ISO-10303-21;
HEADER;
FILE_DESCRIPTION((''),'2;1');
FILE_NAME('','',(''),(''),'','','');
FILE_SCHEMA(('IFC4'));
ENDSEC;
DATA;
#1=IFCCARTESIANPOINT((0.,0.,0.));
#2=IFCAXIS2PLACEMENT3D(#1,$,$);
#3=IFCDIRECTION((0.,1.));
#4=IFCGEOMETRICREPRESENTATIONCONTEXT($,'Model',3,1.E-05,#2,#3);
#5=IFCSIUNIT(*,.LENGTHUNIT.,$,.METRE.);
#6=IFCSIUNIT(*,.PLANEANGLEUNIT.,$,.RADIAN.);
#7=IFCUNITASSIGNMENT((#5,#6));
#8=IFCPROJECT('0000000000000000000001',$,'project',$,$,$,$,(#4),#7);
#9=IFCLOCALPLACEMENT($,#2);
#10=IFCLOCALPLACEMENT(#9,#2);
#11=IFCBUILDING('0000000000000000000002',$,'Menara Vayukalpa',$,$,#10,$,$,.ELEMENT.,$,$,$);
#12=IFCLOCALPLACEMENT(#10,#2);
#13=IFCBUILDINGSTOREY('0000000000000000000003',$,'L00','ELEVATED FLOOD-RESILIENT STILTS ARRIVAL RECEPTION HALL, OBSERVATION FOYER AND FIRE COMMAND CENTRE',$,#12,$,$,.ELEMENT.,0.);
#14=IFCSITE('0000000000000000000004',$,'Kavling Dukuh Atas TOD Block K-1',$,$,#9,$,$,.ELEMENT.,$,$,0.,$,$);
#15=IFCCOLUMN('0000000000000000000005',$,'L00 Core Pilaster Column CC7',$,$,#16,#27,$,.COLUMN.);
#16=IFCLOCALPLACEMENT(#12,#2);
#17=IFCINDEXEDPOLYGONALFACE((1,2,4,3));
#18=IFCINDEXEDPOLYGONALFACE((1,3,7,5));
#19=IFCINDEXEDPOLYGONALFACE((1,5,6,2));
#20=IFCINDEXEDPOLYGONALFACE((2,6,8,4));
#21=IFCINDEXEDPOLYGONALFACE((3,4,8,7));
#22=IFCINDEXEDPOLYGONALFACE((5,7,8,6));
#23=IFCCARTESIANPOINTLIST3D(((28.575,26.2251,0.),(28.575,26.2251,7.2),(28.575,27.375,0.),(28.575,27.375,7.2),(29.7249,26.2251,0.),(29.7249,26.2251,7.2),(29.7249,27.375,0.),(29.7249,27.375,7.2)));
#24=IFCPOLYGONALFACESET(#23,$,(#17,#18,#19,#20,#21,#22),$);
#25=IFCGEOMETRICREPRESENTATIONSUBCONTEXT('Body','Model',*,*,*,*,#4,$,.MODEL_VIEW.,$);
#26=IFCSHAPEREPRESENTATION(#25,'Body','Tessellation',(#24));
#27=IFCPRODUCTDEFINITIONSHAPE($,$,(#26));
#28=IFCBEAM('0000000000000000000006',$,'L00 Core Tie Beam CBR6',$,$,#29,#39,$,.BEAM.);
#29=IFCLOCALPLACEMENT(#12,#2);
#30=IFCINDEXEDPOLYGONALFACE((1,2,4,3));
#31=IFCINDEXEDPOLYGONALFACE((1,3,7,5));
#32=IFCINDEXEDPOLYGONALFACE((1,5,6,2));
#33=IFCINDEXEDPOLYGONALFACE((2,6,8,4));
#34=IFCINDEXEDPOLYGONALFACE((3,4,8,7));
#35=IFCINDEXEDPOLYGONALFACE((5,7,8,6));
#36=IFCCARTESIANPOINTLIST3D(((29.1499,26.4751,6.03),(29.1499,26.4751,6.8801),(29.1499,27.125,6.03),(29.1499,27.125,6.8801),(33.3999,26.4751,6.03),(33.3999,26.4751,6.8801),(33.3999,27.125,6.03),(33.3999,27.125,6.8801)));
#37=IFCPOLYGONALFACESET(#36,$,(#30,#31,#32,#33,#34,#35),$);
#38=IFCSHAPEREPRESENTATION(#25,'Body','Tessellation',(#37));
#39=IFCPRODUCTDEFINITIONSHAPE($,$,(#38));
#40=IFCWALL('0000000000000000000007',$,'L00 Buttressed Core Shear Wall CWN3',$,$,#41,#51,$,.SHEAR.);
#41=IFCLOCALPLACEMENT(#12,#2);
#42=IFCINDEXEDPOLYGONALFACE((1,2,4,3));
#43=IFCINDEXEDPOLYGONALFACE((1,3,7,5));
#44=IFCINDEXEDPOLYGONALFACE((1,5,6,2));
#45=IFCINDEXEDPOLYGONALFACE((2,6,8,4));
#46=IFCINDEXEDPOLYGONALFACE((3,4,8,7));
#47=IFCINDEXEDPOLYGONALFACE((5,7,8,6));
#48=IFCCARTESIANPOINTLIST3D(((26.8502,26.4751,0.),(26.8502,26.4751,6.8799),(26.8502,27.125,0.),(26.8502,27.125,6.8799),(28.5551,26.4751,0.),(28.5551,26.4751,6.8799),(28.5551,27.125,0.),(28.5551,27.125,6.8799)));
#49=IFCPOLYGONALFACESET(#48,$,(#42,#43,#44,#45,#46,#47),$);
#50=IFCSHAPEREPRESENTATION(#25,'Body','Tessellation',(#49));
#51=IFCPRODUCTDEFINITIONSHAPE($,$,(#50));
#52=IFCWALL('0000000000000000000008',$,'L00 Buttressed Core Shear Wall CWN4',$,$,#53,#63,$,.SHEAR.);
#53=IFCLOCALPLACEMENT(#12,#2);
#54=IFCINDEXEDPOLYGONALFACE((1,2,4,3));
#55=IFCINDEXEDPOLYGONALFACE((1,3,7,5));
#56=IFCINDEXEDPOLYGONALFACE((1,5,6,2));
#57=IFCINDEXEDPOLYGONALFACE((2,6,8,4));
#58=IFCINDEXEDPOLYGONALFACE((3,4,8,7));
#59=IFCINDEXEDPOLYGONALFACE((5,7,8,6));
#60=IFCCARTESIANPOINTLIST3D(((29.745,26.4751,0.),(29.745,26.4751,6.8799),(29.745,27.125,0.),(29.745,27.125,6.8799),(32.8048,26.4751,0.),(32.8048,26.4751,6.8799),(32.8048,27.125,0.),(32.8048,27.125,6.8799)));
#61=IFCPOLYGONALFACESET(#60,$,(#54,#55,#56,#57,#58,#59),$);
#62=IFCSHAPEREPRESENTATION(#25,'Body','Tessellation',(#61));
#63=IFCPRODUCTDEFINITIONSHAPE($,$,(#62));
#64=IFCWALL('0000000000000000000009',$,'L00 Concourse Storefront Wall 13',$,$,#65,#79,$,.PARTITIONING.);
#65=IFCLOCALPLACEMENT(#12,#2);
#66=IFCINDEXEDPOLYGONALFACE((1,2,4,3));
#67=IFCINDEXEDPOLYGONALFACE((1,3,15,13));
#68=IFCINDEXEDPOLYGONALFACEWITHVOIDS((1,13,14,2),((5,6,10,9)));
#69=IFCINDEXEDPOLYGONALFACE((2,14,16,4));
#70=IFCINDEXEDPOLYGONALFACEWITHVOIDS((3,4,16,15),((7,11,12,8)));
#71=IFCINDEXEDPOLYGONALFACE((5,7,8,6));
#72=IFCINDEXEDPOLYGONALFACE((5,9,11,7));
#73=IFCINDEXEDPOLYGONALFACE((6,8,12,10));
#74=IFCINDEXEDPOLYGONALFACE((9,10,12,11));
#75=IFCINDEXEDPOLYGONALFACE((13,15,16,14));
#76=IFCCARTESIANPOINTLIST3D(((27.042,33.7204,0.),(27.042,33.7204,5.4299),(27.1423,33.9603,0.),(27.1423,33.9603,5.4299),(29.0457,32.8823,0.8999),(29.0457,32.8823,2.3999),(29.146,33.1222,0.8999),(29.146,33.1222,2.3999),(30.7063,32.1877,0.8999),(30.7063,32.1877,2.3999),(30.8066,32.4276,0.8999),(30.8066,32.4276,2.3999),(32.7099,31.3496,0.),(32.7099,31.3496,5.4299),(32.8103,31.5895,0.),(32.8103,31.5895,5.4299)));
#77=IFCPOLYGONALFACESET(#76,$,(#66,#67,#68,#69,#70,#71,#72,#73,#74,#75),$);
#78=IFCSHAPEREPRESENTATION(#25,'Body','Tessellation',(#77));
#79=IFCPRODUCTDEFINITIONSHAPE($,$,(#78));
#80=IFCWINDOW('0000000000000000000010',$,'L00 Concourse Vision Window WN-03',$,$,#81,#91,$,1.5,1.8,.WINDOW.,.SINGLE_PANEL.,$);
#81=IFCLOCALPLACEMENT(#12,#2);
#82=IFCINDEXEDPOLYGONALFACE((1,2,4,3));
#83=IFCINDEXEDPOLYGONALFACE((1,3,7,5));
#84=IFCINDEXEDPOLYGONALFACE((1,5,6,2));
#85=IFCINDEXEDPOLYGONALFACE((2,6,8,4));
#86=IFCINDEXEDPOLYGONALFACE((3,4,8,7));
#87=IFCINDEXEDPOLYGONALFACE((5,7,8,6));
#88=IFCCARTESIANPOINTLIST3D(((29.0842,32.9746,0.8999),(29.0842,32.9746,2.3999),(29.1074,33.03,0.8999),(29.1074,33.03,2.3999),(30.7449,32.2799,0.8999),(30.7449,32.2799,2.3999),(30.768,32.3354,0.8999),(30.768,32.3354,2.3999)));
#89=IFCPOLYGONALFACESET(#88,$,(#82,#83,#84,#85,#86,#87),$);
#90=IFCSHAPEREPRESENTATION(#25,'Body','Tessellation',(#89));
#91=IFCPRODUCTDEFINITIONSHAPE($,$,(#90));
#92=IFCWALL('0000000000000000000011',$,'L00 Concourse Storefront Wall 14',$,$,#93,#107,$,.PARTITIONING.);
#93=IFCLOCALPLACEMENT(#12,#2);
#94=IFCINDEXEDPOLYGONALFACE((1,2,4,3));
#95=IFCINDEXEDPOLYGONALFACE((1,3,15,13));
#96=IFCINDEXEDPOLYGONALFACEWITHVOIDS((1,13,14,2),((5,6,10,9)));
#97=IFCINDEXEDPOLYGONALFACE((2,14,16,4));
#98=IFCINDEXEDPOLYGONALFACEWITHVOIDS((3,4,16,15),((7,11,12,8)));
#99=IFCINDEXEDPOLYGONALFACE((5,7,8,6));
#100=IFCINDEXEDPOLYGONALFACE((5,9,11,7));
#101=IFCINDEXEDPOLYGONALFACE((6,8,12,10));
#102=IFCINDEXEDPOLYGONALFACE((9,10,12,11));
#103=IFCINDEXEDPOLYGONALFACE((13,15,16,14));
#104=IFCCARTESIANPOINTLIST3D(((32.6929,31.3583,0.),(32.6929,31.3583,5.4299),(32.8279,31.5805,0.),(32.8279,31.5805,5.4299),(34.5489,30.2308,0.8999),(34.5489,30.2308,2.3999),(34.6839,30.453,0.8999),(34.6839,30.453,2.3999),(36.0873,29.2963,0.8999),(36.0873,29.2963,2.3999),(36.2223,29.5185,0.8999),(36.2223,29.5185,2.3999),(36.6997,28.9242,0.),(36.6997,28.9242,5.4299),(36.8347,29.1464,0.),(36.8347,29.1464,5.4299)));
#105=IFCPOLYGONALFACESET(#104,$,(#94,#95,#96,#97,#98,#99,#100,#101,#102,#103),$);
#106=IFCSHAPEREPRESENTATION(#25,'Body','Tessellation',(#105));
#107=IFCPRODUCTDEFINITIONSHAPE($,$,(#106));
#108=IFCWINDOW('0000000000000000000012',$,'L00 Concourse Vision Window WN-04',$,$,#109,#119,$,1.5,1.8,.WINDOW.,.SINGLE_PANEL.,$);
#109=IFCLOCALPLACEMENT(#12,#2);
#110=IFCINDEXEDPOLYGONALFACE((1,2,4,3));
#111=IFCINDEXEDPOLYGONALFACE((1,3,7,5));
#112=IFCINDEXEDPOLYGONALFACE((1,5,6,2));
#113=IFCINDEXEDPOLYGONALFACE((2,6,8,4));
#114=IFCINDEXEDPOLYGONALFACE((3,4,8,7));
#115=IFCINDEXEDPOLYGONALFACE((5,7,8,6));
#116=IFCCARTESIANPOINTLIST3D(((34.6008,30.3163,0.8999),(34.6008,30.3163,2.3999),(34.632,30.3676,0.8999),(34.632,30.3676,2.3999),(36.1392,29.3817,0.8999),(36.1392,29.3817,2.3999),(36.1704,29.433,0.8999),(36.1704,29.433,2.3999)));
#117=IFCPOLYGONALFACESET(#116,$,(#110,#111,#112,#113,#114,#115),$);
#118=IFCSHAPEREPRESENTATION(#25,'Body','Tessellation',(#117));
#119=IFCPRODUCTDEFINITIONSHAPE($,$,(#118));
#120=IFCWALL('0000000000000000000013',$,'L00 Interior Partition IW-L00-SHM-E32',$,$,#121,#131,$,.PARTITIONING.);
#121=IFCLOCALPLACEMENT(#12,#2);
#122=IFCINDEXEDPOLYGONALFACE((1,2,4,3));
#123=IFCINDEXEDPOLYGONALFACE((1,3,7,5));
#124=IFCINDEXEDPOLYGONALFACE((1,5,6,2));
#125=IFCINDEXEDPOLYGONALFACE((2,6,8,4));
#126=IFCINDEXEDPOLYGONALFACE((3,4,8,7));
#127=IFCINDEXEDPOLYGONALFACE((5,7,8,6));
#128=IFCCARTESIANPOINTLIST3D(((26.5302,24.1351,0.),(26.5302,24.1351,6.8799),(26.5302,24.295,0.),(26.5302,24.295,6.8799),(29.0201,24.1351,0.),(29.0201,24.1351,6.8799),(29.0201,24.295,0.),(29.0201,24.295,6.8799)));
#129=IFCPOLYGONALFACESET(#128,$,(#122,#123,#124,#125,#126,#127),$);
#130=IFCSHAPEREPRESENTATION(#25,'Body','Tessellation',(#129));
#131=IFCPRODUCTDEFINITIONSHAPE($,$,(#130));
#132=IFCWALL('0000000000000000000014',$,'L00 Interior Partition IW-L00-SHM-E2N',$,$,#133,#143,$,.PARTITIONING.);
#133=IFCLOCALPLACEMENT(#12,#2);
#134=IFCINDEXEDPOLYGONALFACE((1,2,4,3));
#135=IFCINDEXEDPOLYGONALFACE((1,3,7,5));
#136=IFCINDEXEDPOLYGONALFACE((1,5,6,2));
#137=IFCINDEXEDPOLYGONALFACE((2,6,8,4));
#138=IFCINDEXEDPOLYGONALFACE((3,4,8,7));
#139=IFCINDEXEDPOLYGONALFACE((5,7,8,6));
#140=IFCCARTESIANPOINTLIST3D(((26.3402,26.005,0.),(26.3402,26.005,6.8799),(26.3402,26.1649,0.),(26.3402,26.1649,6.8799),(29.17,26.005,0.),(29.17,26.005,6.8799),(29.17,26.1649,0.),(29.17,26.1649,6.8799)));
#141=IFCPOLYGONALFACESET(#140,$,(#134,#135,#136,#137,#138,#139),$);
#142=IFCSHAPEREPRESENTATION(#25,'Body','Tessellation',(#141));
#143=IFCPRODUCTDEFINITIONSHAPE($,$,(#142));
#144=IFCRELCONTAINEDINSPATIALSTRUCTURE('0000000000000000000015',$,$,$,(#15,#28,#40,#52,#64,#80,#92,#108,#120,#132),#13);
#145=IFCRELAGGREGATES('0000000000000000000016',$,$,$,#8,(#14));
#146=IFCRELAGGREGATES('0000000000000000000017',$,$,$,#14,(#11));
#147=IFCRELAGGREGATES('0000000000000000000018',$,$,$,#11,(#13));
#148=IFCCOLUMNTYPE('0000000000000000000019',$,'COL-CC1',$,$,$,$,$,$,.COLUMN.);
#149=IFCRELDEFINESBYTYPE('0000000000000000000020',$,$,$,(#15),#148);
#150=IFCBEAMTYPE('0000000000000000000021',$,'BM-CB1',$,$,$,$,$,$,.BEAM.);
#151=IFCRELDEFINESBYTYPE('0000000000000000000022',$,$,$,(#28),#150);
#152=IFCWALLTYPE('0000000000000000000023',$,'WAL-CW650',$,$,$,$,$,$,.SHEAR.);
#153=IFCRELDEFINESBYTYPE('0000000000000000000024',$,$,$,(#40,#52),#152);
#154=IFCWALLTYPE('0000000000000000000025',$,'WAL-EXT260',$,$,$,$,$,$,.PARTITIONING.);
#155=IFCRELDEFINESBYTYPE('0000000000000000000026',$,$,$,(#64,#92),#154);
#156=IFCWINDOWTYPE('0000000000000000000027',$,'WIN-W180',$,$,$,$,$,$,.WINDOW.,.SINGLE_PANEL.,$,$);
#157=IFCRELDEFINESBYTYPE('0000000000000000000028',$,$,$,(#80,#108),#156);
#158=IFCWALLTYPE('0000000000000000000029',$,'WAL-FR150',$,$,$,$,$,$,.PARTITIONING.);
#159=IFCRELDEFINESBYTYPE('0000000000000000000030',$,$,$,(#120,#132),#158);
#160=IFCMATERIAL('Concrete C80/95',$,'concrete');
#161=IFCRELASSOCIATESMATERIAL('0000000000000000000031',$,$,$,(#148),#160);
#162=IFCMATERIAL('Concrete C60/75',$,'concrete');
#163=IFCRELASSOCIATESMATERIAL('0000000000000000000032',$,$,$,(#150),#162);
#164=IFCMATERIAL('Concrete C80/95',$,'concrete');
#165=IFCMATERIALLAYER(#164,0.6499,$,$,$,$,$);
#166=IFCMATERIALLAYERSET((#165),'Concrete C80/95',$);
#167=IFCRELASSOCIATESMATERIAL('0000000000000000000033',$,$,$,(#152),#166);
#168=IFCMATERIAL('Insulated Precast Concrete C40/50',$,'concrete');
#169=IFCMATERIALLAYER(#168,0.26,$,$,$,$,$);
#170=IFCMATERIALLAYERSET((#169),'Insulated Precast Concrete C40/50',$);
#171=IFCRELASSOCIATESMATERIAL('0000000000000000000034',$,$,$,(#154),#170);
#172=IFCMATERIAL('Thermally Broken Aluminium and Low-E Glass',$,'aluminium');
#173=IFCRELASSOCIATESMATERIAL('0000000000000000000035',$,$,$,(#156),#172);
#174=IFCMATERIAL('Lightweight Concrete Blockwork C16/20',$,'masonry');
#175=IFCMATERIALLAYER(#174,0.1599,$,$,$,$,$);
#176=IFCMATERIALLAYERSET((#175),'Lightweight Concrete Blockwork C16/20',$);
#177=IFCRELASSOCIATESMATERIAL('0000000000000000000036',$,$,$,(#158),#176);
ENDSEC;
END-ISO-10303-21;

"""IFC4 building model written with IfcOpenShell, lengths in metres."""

from ifc_helpers import new_model, si_unit, direction, frame, frame_2d, origin, origin_2d, place, context, subcontext, project, spatial, rectangle, extrude, material, layer, layer_set, material_profile, profile_set, type_object, element, fill, save


model = new_model("IFC4")

# Units and contexts
model_context = context("Model", 3, precision=1e-05, world=origin(), true_north=direction((0.0, 1.0)))
body_context = subcontext(model_context, "Body", "Model", "MODEL_VIEW")
ifc_project = project(units=[si_unit("LENGTHUNIT", "METRE"), si_unit("PLANEANGLEUNIT", "RADIAN")], contexts=[model_context])

# Site, building, storey
site_placement = place(None, origin())
site = spatial("IfcSite", under=ifc_project, at=site_placement, Name="Kavling Dukuh Atas TOD Block K-1", CompositionType="ELEMENT", RefElevation=0.0)
building_placement = place(site_placement, origin())
building = spatial("IfcBuilding", under=site, at=building_placement, Name="Menara Vayukalpa", CompositionType="ELEMENT")
storey_placement = place(building_placement, origin())
storey = spatial("IfcBuildingStorey", under=building, at=storey_placement, Name="L00", Description="ELEVATED FLOOD-RESILIENT STILTS ARRIVAL RECEPTION HALL, OBSERVATION FOYER AND FIRE COMMAND CENTRE", CompositionType="ELEMENT", Elevation=0.0)

# Column
ifc_material_1 = material(Name="Concrete C80/95", Category="concrete")
ifc_material_profile_1 = material_profile(ifc_material_1, rectangle(XDim=1.1499, YDim=1.1499, at=origin_2d()), Name="RC 1150x1150")
ifc_profile_set_1 = profile_set([ifc_material_profile_1], Name="Concrete C80/95")
column_type = type_object("IfcColumnType", Name="COL-CC1", PredefinedType="COLUMN", material=ifc_profile_set_1)
column_placement = place(storey_placement, frame((29.1499, 26.8, 0.0), z_axis=(0.0, 0.0, 1.0), x_axis=(1.0, 0.0, 0.0)))
element("IfcColumn", 1, at=column_placement, inside=storey, type_object=column_type, Name="L00 Core Pilaster Column CC7", PredefinedType="COLUMN", context=body_context, shape_type="SweptSolid", body=[
    extrude(rectangle(XDim=1.1499, YDim=1.1499, at=origin_2d()), origin(), (0.0, 0.0, 1.0), 7.2),
])

# Beam
ifc_material_2 = material(Name="Concrete C60/75", Category="concrete")
ifc_material_profile_2 = material_profile(ifc_material_2, rectangle(XDim=0.6499, YDim=0.8501, at=origin_2d()), Name="RC 650x850")
ifc_profile_set_2 = profile_set([ifc_material_profile_2], Name="Concrete C60/75")
beam_type = type_object("IfcBeamType", Name="BM-CB1", PredefinedType="BEAM", material=ifc_profile_set_2)
beam_placement = place(storey_placement, frame((29.1499, 26.8, 6.4551), z_axis=(1.0, 0.0, 0.0), x_axis=(0.0, 1.0, 0.0)))
element("IfcBeam", 2, at=beam_placement, inside=storey, type_object=beam_type, Name="L00 Core Tie Beam CBR6", PredefinedType="BEAM", context=body_context, shape_type="SweptSolid", body=[
    extrude(rectangle(XDim=0.6499, YDim=0.8501, at=origin_2d()), origin(), (0.0, 0.0, 1.0), 4.25),
])

# Walls
ifc_material_3 = material(Name="Concrete C80/95", Category="concrete")
ifc_layer_1 = layer(ifc_material_3, 0.6499)
ifc_layer_set_1 = layer_set([ifc_layer_1], Name="Concrete C80/95")
wall_type_1 = type_object("IfcWallType", Name="WAL-CW650", PredefinedType="SHEAR", material=ifc_layer_set_1)
wall_1_placement = place(storey_placement, frame((26.8501, 26.8, 0.0), z_axis=(0.0, 0.0, 1.0), x_axis=(1.0, 0.0, 0.0)))
element("IfcWall", 3, at=wall_1_placement, inside=storey, type_object=wall_type_1, Name="L00 Buttressed Core Shear Wall CWN3", PredefinedType="SHEAR", context=body_context, shape_type="SweptSolid", body=[
    extrude(rectangle(XDim=1.7048, YDim=0.6499, at=frame_2d((0.8525, 0.0))), origin(), (0.0, 0.0, 1.0), 6.8799),
])
wall_2_placement = place(storey_placement, frame((29.7451, 26.8, 0.0), z_axis=(0.0, 0.0, 1.0), x_axis=(1.0, 0.0, 0.0)))
element("IfcWall", 4, at=wall_2_placement, inside=storey, type_object=wall_type_1, Name="L00 Buttressed Core Shear Wall CWN4", PredefinedType="SHEAR", context=body_context, shape_type="SweptSolid", body=[
    extrude(rectangle(XDim=3.0598, YDim=0.6499, at=frame_2d((1.5298, 0.0))), origin(), (0.0, 0.0, 1.0), 6.8799),
])

# Walls, openings, windows
ifc_material_4 = material(Name="Insulated Precast Concrete C40/50", Category="concrete")
ifc_layer_2 = layer(ifc_material_4, 0.26)
ifc_layer_set_2 = layer_set([ifc_layer_2], Name="Insulated Precast Concrete C40/50")
wall_type_2 = type_object("IfcWallType", Name="WAL-EXT260", PredefinedType="PARTITIONING", material=ifc_layer_set_2)
wall_3_placement = place(storey_placement, frame((27.0923, 33.8403, 0.0), z_axis=(0.0, 0.0, 1.0), x_axis=(0.922545, -0.38589, 0.0)))
wall_3 = element("IfcWall", 5, at=wall_3_placement, inside=storey, type_object=wall_type_2, Name="L00 Concourse Storefront Wall 13", PredefinedType="PARTITIONING", context=body_context, shape_type="SweptSolid", body=[
    extrude(rectangle(XDim=6.1438, YDim=0.26, at=frame_2d((3.0718, 0.0))), origin(), (0.0, 0.0, 1.0), 5.4299),
])
opening_1_placement = place(wall_3_placement, frame((2.1719, 0.0, 0.8999)))
opening_1 = element("IfcOpeningElement", 6, at=opening_1_placement, cuts=wall_3, PredefinedType="OPENING", context=body_context, shape_type="SweptSolid", body=[
    extrude(rectangle(XDim=1.8, YDim=1.5, at=frame_2d((0.8999, 0.75))), frame((0.0, 0.1399, 0.0), z_axis=(0.0, -1.0, 0.0), x_axis=(1.0, 0.0, 0.0)), (0.0, 0.0, 1.0), 0.28),
])
ifc_material_5 = material(Name="Thermally Broken Aluminium and Low-E Glass", Category="aluminium")
window_type = type_object("IfcWindowType", Name="WIN-W180", PartitioningType="SINGLE_PANEL", PredefinedType="WINDOW", material=ifc_material_5)
window_1_placement = place(opening_1_placement, origin())
window_1 = element("IfcWindow", 7, at=window_1_placement, inside=storey, type_object=window_type, Name="L00 Concourse Vision Window WN-03", OverallHeight=1.5, OverallWidth=1.8, PartitioningType="SINGLE_PANEL", PredefinedType="WINDOW", context=body_context, shape_type="SweptSolid", body=[
    extrude(rectangle(XDim=1.8, YDim=1.5, at=frame_2d((0.8999, 0.75))), frame((0.0, 0.03, 0.0), z_axis=(0.0, -1.0, 0.0), x_axis=(1.0, 0.0, 0.0)), (0.0, 0.0, 1.0), 0.0601),
])
fill(opening_1, window_1)
wall_4_placement = place(storey_placement, frame((32.7603, 31.4695, 0.0), z_axis=(0.0, 0.0, 1.0), x_axis=(0.854659, -0.51919, 0.0)))
wall_4 = element("IfcWall", 8, at=wall_4_placement, inside=storey, type_object=wall_type_2, Name="L00 Concourse Storefront Wall 14", PredefinedType="PARTITIONING", context=body_context, shape_type="SweptSolid", body=[
    extrude(rectangle(XDim=4.6882, YDim=0.26, at=frame_2d((2.3442, 0.0))), origin(), (0.0, 0.0, 1.0), 5.4299),
])
opening_2_placement = place(wall_4_placement, frame((2.1719, 0.0, 0.8999)))
opening_2 = element("IfcOpeningElement", 9, at=opening_2_placement, cuts=wall_4, PredefinedType="OPENING", context=body_context, shape_type="SweptSolid", body=[
    extrude(rectangle(XDim=1.8, YDim=1.5, at=frame_2d((0.8999, 0.75))), frame((0.0, 0.1399, 0.0), z_axis=(0.0, -1.0, 0.0), x_axis=(1.0, 0.0, 0.0)), (0.0, 0.0, 1.0), 0.28),
])
window_2_placement = place(opening_2_placement, origin())
window_2 = element("IfcWindow", 10, at=window_2_placement, inside=storey, type_object=window_type, Name="L00 Concourse Vision Window WN-04", OverallHeight=1.5, OverallWidth=1.8, PartitioningType="SINGLE_PANEL", PredefinedType="WINDOW", context=body_context, shape_type="SweptSolid", body=[
    extrude(rectangle(XDim=1.8, YDim=1.5, at=frame_2d((0.8999, 0.75))), frame((0.0, 0.03, 0.0), z_axis=(0.0, -1.0, 0.0), x_axis=(1.0, 0.0, 0.0)), (0.0, 0.0, 1.0), 0.0601),
])
fill(opening_2, window_2)

# Walls
ifc_material_6 = material(Name="Lightweight Concrete Blockwork C16/20", Category="masonry")
ifc_layer_3 = layer(ifc_material_6, 0.1599)
ifc_layer_set_3 = layer_set([ifc_layer_3], Name="Lightweight Concrete Blockwork C16/20")
wall_type_3 = type_object("IfcWallType", Name="WAL-FR150", PredefinedType="PARTITIONING", material=ifc_layer_set_3)
wall_5_placement = place(storey_placement, frame((26.53, 24.2151, 0.0), z_axis=(0.0, 0.0, 1.0), x_axis=(1.0, 0.0, 0.0)))
element("IfcWall", 11, at=wall_5_placement, inside=storey, type_object=wall_type_3, Name="L00 Interior Partition IW-L00-SHM-E32", PredefinedType="PARTITIONING", context=body_context, shape_type="SweptSolid", body=[
    extrude(rectangle(XDim=2.49, YDim=0.1599, at=frame_2d((1.2451, 0.0))), origin(), (0.0, 0.0, 1.0), 6.8799),
])
wall_6_placement = place(storey_placement, frame((26.3401, 26.085, 0.0), z_axis=(0.0, 0.0, 1.0), x_axis=(1.0, 0.0, 0.0)))
element("IfcWall", 12, at=wall_6_placement, inside=storey, type_object=wall_type_3, Name="L00 Interior Partition IW-L00-SHM-E2N", PredefinedType="PARTITIONING", context=body_context, shape_type="SweptSolid", body=[
    extrude(rectangle(XDim=2.8298, YDim=0.1599, at=frame_2d((1.415, 0.0))), origin(), (0.0, 0.0, 1.0), 6.8799),
])

save(model, "model.ifc")
